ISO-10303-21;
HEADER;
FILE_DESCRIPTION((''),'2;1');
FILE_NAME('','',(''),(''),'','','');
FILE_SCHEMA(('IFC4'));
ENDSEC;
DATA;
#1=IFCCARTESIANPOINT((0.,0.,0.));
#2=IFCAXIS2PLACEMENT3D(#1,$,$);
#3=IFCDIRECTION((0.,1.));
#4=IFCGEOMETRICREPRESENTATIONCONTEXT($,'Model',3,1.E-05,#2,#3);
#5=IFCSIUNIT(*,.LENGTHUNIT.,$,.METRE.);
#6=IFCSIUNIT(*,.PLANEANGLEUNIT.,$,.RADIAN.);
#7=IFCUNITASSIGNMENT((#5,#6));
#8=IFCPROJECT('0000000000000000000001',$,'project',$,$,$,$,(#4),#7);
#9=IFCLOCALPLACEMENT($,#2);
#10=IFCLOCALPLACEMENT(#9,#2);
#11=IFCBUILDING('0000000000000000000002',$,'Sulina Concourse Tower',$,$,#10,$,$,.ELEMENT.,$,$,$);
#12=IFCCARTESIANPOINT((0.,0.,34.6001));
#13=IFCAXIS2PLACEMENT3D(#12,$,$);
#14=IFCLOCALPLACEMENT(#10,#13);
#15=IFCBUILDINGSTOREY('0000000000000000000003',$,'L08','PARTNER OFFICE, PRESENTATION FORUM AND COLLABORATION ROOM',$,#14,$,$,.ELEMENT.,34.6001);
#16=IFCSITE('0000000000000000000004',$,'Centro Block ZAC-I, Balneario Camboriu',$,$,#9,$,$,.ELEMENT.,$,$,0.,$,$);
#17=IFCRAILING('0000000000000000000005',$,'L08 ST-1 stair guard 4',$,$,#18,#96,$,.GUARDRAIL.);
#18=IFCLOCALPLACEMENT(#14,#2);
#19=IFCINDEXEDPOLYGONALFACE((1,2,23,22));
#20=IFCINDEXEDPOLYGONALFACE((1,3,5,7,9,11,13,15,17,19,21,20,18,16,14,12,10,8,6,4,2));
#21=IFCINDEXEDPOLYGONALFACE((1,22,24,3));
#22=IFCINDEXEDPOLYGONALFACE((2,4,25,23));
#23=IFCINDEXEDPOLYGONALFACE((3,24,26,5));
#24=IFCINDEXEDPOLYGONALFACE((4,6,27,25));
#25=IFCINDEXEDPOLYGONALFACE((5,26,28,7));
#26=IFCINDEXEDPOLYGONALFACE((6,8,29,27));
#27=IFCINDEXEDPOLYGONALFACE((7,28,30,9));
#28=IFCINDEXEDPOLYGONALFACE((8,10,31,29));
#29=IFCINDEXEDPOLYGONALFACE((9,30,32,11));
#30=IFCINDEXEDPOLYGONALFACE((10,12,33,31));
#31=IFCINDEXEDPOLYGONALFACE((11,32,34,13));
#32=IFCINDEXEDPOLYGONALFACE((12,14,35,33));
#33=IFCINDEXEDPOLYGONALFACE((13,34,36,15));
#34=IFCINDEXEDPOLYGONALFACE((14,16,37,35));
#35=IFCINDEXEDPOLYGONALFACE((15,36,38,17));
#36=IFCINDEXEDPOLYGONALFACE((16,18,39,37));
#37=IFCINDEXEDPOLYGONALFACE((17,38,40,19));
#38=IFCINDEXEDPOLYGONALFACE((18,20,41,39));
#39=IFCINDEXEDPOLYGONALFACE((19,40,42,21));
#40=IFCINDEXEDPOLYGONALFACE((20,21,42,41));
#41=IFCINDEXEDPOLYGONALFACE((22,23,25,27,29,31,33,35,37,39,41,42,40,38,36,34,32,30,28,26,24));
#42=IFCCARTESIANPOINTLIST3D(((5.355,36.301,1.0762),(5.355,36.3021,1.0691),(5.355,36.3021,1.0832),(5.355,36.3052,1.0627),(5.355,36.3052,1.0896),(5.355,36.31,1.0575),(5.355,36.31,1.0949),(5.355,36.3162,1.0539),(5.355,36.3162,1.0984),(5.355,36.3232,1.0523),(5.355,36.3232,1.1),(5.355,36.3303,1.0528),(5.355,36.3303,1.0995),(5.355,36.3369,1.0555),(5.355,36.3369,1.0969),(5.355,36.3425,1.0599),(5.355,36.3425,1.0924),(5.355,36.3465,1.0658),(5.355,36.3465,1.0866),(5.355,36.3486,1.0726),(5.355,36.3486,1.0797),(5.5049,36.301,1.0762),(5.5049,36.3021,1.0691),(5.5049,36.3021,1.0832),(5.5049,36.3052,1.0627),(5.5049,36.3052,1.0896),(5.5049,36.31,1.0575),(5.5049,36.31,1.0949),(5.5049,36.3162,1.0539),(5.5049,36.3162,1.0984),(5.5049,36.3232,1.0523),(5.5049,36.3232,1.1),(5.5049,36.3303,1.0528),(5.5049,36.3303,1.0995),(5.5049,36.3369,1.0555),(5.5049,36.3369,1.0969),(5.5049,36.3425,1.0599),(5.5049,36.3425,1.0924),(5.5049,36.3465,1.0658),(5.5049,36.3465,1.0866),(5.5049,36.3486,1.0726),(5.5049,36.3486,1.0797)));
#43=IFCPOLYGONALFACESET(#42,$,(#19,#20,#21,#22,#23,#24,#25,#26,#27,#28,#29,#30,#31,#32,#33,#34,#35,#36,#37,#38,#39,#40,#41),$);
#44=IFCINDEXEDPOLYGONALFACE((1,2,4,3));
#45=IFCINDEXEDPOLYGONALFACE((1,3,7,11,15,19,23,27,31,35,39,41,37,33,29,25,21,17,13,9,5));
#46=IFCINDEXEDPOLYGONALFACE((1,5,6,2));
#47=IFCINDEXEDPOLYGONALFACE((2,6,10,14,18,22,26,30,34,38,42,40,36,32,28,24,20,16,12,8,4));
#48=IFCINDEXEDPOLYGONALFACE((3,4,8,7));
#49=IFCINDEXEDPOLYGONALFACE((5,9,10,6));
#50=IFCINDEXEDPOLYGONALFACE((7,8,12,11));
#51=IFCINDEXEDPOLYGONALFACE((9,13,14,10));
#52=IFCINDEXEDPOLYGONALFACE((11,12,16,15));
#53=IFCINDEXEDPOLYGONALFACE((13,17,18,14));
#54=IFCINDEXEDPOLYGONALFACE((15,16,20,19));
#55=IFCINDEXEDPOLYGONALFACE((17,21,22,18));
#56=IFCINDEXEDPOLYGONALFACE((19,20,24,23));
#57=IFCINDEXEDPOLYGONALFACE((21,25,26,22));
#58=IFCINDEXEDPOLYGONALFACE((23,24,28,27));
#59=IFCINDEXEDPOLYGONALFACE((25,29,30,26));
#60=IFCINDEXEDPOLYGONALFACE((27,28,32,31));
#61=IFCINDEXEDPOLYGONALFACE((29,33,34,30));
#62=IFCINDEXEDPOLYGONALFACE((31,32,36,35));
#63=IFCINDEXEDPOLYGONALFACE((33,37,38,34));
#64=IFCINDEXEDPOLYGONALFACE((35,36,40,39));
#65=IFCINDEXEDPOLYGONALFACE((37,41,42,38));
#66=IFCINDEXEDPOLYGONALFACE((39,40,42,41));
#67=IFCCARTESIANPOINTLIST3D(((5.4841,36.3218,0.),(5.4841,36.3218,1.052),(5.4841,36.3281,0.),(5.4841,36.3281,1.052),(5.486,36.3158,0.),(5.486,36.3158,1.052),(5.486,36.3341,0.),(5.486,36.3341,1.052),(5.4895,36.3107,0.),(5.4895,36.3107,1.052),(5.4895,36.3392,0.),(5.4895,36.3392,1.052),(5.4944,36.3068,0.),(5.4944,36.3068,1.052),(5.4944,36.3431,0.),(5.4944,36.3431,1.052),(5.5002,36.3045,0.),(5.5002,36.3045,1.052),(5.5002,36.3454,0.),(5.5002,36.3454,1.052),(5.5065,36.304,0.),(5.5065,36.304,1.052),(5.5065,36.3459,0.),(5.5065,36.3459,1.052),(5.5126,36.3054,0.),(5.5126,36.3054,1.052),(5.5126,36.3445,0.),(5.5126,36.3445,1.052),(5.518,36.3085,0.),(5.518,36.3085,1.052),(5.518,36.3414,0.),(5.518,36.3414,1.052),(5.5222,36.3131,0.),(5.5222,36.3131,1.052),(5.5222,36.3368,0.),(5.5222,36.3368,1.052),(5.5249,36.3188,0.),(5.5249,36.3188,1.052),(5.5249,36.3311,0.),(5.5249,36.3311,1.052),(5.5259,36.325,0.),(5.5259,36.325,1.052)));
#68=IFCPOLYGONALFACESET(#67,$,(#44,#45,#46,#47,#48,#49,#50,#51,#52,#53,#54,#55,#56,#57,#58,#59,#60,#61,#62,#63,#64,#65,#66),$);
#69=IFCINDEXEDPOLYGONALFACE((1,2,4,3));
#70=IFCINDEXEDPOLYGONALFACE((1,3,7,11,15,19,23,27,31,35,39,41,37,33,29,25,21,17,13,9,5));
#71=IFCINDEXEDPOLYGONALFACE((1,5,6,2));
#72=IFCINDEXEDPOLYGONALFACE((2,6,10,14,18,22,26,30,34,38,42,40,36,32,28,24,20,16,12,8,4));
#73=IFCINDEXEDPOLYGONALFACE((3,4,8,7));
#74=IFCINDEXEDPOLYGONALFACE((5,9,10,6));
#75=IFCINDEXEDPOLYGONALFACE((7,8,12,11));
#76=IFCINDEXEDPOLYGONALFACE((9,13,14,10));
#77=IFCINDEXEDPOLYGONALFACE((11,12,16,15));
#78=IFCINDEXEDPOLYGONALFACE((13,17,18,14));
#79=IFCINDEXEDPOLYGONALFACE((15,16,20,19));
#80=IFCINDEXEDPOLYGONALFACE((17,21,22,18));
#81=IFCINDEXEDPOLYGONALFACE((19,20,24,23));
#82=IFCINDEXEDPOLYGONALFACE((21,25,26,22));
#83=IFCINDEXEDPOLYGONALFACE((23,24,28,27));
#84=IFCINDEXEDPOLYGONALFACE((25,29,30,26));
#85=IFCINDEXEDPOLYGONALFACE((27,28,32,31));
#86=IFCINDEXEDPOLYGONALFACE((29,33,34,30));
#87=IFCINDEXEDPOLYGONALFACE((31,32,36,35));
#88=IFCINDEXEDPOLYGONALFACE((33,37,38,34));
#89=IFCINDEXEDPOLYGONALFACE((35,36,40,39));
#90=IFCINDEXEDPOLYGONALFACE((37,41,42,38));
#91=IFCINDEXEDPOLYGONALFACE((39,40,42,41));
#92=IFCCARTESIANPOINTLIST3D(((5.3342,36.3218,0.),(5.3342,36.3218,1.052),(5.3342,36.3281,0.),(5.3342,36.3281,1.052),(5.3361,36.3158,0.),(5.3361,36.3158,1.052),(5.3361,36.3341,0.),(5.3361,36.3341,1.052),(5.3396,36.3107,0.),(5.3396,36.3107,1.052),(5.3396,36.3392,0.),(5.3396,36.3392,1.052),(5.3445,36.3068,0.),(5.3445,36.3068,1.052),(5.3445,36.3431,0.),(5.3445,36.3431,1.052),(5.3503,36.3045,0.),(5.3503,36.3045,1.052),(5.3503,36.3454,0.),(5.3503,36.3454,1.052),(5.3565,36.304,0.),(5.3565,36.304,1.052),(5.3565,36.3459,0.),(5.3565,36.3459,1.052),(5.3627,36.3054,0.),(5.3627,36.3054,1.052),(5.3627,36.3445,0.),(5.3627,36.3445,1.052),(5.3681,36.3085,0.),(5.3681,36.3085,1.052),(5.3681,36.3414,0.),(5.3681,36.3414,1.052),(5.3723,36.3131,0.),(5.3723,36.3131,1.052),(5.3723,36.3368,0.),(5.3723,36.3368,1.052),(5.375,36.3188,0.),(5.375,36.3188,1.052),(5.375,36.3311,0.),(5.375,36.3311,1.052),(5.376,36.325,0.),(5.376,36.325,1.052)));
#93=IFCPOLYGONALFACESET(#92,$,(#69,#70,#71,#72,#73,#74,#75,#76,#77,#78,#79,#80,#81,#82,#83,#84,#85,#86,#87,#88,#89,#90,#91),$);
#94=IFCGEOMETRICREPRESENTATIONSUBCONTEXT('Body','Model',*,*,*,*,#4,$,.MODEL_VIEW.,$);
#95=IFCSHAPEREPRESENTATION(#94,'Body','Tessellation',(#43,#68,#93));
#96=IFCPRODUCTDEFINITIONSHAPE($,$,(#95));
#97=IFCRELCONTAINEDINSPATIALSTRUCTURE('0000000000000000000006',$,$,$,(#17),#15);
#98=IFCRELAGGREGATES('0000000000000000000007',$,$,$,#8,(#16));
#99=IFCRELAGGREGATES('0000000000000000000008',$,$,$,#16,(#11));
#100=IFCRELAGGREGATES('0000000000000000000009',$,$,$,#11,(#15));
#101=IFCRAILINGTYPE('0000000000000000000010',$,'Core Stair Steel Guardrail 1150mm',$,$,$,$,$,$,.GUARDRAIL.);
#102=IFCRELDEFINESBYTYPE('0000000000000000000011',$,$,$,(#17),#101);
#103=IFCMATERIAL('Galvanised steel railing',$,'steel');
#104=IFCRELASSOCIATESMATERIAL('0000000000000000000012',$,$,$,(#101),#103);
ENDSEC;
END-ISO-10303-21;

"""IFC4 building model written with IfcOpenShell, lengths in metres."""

from ifc_helpers import new_model, si_unit, direction, frame, origin, origin_2d, place, context, subcontext, project, spatial, circle, extrude, material, type_object, element, save


model = new_model("IFC4")

# Units and contexts
model_context = context("Model", 3, precision=1e-05, world=origin(), true_north=direction((0.0, 1.0)))
body_context = subcontext(model_context, "Body", "Model", "MODEL_VIEW")
ifc_project = project(units=[si_unit("LENGTHUNIT", "METRE"), si_unit("PLANEANGLEUNIT", "RADIAN")], contexts=[model_context])

# Site, building, storey
site_placement = place(None, origin())
site = spatial("IfcSite", under=ifc_project, at=site_placement, Name="Centro Block ZAC-I, Balneario Camboriu", CompositionType="ELEMENT", RefElevation=0.0)
building_placement = place(site_placement, origin())
building = spatial("IfcBuilding", under=site, at=building_placement, Name="Sulina Concourse Tower", CompositionType="ELEMENT")
storey_placement = place(building_placement, frame((0.0, 0.0, 34.6001)))
storey = spatial("IfcBuildingStorey", under=building, at=storey_placement, Name="L08", Description="PARTNER OFFICE, PRESENTATION FORUM AND COLLABORATION ROOM", CompositionType="ELEMENT", Elevation=34.6001)

# Railing
ifc_material_1 = material(Name="Galvanised steel railing", Category="steel")
railing_type_1 = type_object("IfcRailingType", Name="Core Stair Steel Guardrail 1150mm", PredefinedType="GUARDRAIL", material=ifc_material_1)
railing_1_placement = place(storey_placement, frame((5.5049, 36.325, 0.0)))
element("IfcRailing", 1, at=railing_1_placement, inside=storey, type_object=railing_type_1, Name="L08 ST-1 stair guard 4", PredefinedType="GUARDRAIL", context=body_context, shape_type="SweptSolid", body=[
    extrude(circle(Radius=0.0239, at=origin_2d()), frame((0.0, 0.0, 1.0762), z_axis=(-1.0, 0.0, 0.0), x_axis=(0.0, -1.0, 0.0)), (0.0, 0.0, 1.0), 0.1499),
    extrude(circle(Radius=0.021, at=origin_2d()), origin(), (0.0, 0.0, 1.0), 1.052),
    extrude(circle(Radius=0.021, at=origin_2d()), frame((-0.1499, 0.0, 0.0)), (0.0, 0.0, 1.0), 1.052),
])

save(model, "model.ifc")
